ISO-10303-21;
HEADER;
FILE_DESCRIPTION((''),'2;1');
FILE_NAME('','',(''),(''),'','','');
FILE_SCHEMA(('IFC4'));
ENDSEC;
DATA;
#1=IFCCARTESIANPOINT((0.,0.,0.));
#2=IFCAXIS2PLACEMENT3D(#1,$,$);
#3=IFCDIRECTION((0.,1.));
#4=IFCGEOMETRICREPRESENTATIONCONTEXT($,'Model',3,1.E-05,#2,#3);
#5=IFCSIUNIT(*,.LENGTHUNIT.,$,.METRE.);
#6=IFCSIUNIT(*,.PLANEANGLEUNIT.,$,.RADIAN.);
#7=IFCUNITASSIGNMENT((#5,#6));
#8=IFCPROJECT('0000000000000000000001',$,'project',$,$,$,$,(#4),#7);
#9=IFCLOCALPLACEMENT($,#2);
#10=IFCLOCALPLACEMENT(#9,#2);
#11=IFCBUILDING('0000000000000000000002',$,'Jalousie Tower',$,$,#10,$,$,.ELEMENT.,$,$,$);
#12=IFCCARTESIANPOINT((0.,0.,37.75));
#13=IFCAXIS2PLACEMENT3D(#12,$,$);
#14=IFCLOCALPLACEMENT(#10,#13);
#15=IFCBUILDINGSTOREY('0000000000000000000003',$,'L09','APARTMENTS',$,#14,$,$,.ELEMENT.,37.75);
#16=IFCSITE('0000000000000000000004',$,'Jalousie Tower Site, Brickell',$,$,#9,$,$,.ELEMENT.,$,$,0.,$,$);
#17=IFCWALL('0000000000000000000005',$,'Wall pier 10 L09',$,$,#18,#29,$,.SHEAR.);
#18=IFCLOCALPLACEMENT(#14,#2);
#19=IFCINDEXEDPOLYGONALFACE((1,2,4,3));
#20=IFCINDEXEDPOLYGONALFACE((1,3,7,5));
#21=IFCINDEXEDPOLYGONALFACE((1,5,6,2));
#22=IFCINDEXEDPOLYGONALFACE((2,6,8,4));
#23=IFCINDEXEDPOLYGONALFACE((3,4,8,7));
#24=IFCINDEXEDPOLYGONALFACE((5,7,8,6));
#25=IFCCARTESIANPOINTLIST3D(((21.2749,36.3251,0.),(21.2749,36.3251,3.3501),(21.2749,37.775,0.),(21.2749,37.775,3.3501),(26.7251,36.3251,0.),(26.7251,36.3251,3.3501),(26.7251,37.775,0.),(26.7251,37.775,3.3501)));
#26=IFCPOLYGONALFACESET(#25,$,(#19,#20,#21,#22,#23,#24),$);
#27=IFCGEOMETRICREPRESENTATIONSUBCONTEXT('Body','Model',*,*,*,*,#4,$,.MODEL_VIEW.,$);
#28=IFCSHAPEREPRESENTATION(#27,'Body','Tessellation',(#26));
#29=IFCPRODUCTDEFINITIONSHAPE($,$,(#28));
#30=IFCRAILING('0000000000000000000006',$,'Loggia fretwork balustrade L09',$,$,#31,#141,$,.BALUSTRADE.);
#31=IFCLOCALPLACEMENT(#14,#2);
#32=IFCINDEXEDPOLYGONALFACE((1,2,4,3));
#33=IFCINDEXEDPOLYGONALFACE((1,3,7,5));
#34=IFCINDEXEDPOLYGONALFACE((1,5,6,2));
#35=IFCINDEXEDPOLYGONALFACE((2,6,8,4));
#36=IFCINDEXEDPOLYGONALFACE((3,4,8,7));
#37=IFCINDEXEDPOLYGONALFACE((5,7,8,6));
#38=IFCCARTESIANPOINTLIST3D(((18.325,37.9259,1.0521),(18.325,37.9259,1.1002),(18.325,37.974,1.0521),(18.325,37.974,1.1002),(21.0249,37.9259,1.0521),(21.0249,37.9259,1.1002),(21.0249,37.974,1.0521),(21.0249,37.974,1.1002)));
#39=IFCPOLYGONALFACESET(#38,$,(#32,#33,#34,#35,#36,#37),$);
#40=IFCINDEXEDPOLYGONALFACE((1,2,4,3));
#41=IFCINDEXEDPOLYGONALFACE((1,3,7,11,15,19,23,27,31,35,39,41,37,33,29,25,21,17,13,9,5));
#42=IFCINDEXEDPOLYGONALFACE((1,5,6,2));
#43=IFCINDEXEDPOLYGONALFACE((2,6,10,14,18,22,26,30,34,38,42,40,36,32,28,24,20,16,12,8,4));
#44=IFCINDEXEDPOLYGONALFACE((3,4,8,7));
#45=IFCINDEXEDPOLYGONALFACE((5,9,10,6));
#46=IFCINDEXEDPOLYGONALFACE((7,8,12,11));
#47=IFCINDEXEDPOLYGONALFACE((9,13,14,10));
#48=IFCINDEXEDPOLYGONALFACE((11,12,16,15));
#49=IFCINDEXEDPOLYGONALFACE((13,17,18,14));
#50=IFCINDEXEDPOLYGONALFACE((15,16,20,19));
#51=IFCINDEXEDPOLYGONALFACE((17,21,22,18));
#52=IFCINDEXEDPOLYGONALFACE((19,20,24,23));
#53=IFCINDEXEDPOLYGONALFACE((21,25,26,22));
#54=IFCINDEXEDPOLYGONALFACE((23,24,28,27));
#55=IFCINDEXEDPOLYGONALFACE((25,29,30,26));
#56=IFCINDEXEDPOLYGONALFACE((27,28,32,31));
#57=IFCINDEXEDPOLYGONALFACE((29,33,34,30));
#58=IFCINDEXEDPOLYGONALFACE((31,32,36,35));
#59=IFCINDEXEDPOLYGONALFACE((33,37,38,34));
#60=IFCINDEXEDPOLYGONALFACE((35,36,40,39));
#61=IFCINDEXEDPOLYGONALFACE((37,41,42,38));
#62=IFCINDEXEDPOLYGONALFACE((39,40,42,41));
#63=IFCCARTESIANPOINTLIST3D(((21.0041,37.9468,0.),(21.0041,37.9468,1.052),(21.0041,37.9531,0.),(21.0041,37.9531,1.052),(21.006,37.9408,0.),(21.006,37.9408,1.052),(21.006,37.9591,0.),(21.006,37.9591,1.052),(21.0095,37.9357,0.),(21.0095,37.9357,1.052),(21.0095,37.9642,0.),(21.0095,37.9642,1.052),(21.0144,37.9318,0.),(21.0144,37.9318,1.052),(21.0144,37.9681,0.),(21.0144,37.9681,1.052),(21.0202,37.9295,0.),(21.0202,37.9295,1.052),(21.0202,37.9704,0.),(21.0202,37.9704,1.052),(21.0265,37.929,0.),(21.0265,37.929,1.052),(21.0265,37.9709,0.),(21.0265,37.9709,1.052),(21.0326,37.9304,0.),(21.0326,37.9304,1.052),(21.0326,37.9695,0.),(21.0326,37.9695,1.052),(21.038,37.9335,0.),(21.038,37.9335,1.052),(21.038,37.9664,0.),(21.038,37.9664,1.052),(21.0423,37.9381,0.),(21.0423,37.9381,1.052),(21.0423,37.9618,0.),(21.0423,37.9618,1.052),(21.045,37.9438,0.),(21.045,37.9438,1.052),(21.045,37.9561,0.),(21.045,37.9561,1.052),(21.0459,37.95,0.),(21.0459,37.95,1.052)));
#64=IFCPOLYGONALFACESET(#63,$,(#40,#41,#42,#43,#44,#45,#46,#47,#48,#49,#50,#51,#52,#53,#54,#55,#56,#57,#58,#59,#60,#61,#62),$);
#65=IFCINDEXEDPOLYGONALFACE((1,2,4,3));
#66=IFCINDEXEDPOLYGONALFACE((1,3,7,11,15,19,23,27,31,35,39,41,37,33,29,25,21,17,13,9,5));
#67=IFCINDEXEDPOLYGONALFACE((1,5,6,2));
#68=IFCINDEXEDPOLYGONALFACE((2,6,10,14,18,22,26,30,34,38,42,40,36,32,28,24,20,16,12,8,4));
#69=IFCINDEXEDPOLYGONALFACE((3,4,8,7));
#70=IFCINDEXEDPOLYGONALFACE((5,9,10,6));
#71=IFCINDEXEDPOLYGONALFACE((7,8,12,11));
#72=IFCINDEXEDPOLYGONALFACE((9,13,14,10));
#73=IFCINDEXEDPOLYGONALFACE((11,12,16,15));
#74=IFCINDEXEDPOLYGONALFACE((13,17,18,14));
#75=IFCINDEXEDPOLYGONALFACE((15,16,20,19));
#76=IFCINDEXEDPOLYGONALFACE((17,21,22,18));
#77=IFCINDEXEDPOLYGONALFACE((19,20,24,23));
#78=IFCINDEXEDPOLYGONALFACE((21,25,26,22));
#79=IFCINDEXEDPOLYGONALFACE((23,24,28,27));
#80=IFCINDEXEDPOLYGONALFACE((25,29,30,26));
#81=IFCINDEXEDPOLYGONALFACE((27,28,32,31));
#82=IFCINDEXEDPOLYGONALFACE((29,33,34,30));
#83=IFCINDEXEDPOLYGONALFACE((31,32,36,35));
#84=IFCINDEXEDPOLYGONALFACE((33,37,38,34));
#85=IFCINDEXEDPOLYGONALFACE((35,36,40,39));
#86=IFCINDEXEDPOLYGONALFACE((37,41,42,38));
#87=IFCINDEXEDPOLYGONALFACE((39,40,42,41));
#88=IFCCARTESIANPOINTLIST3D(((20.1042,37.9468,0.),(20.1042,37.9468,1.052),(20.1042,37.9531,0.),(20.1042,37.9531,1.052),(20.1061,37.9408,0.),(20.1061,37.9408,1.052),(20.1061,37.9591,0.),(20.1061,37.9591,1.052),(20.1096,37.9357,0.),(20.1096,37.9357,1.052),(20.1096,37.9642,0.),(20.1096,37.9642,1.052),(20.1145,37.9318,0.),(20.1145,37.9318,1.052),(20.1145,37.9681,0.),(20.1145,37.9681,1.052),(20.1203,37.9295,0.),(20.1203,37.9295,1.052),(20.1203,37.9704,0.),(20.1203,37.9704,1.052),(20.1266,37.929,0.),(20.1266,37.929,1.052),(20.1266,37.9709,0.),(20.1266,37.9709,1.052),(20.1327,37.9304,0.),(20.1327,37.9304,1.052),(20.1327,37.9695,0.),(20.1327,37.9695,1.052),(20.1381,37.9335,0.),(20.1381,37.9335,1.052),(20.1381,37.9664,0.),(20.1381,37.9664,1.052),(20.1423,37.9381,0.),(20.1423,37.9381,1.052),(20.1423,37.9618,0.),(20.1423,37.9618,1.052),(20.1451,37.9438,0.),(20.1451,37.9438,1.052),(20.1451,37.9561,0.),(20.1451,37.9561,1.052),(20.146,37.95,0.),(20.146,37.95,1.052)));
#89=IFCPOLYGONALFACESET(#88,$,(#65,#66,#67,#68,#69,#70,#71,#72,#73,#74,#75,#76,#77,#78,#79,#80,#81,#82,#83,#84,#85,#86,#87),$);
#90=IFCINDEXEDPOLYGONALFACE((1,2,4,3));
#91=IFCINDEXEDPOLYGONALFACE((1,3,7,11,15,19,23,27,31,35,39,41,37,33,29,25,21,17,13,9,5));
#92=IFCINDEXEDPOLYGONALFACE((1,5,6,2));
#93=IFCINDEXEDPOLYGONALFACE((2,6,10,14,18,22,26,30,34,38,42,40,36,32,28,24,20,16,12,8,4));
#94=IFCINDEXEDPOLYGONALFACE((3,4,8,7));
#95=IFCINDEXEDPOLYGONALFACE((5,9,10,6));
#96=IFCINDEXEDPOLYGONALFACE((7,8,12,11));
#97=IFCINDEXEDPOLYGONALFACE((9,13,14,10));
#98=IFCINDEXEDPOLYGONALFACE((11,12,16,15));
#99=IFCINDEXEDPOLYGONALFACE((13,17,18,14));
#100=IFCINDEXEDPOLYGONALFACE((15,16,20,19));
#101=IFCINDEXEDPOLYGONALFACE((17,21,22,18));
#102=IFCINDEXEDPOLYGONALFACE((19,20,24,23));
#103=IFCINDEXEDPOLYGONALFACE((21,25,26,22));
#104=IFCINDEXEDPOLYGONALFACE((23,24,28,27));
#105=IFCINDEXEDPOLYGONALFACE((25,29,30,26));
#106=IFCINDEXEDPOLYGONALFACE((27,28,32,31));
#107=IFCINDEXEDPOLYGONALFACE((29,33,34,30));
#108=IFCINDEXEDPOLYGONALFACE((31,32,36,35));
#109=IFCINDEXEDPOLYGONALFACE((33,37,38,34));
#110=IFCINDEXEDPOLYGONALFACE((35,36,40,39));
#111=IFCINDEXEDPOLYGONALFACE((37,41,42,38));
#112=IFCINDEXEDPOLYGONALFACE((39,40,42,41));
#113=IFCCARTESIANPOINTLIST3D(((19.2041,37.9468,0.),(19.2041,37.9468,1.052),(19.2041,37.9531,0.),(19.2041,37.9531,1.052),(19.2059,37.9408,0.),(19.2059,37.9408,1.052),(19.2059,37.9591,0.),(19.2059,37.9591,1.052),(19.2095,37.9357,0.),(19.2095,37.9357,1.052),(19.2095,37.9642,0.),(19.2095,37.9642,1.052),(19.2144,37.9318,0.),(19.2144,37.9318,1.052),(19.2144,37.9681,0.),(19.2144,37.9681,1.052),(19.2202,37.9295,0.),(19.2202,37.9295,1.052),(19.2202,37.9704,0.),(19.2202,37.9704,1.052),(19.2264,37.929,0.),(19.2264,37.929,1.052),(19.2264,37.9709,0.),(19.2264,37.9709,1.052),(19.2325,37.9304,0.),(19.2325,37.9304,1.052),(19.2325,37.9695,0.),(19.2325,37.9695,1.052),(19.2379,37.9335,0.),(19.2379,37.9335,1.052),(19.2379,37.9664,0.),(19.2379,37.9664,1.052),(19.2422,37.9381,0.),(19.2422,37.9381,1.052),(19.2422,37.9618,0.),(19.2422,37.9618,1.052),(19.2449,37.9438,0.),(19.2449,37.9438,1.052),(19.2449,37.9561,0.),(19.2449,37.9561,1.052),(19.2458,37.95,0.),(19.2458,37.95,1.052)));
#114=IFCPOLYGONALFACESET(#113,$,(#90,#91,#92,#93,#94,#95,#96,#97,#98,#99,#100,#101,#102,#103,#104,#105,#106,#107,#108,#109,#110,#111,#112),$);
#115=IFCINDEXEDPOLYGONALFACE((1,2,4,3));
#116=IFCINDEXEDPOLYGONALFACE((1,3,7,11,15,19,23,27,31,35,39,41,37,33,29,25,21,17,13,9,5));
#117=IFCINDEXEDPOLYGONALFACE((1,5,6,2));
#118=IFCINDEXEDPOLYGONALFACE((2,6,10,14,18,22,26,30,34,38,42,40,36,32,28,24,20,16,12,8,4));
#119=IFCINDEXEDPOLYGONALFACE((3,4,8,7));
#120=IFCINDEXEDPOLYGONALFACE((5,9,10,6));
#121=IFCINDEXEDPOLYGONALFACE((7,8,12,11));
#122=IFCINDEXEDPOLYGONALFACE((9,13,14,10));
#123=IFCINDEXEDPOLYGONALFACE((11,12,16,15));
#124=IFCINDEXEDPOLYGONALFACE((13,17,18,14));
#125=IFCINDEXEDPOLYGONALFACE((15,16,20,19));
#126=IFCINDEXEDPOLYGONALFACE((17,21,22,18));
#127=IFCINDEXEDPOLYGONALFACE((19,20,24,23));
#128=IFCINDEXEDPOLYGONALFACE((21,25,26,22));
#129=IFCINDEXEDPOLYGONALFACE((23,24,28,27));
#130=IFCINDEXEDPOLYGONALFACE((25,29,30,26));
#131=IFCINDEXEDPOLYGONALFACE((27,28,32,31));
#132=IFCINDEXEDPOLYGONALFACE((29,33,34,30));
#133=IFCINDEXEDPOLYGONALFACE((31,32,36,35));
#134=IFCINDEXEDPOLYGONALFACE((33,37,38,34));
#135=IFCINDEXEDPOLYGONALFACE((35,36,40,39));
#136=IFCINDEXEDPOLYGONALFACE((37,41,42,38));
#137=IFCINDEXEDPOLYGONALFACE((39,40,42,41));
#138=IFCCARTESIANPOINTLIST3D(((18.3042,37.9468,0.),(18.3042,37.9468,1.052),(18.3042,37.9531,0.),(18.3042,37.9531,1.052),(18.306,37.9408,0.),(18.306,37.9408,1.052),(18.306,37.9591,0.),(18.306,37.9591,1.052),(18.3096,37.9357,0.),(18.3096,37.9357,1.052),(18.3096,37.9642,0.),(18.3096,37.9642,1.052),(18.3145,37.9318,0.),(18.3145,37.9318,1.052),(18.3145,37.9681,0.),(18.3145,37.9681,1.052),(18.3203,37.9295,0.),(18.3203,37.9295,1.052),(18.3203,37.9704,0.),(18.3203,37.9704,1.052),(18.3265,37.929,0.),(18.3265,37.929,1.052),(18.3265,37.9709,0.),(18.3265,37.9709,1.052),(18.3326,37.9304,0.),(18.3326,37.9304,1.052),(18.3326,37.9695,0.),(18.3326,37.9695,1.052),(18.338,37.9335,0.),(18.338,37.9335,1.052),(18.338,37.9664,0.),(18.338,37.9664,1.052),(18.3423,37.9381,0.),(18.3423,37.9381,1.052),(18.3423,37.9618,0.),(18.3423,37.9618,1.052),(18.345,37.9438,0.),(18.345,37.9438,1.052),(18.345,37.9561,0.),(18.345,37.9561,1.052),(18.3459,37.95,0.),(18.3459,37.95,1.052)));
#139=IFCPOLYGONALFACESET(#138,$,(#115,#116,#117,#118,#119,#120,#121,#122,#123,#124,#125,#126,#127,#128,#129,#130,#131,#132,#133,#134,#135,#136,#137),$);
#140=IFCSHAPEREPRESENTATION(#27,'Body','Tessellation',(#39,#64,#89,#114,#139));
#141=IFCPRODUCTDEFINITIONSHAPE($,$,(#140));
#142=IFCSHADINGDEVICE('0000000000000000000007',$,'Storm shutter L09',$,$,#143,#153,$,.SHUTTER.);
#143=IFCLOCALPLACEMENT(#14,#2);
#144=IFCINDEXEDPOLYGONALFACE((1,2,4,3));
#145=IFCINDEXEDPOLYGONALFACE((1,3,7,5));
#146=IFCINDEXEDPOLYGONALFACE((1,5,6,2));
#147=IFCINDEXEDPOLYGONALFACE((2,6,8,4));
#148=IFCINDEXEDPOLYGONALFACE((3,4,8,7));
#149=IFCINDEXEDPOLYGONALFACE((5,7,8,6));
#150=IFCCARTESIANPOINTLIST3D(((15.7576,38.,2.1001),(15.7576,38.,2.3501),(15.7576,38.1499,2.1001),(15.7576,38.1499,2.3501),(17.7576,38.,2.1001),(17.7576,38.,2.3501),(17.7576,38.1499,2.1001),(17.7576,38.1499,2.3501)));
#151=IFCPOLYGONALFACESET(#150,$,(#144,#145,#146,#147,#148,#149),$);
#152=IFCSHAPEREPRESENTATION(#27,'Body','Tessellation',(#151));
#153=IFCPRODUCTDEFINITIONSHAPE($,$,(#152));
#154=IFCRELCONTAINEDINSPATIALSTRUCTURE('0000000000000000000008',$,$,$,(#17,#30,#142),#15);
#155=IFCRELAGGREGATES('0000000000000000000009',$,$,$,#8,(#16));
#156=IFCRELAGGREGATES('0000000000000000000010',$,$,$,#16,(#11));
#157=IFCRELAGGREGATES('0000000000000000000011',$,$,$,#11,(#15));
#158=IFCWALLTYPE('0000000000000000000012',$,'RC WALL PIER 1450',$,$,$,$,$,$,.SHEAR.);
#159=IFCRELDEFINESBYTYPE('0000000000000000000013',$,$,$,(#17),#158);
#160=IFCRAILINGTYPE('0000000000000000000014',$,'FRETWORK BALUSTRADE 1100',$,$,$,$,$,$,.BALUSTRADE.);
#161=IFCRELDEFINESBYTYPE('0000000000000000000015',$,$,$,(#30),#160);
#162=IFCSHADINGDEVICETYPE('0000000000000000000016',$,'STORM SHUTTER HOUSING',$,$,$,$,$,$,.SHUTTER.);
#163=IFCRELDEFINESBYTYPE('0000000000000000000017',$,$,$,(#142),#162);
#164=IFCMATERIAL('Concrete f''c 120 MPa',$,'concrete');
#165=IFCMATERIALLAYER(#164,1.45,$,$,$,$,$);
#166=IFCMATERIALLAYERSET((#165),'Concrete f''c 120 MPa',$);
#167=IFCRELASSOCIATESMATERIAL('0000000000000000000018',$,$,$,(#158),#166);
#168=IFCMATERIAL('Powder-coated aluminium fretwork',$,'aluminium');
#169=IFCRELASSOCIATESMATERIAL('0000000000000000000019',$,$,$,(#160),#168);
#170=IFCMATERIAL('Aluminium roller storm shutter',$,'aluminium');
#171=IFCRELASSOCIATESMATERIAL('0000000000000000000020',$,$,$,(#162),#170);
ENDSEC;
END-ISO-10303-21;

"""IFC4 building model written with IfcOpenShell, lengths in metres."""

from ifc_helpers import new_model, si_unit, direction, frame, frame_2d, origin, origin_2d, place, context, subcontext, project, spatial, rectangle, circle, extrude, material, layer, layer_set, type_object, element, save


model = new_model("IFC4")

# Units and contexts
model_context = context("Model", 3, precision=1e-05, world=origin(), true_north=direction((0.0, 1.0)))
body_context = subcontext(model_context, "Body", "Model", "MODEL_VIEW")
ifc_project = project(units=[si_unit("LENGTHUNIT", "METRE"), si_unit("PLANEANGLEUNIT", "RADIAN")], contexts=[model_context])

# Site, building, storey
site_placement = place(None, origin())
site = spatial("IfcSite", under=ifc_project, at=site_placement, Name="Jalousie Tower Site, Brickell", CompositionType="ELEMENT", RefElevation=0.0)
building_placement = place(site_placement, origin())
building = spatial("IfcBuilding", under=site, at=building_placement, Name="Jalousie Tower", CompositionType="ELEMENT")
storey_placement = place(building_placement, frame((0.0, 0.0, 37.75)))
storey = spatial("IfcBuildingStorey", under=building, at=storey_placement, Name="L09", Description="APARTMENTS", CompositionType="ELEMENT", Elevation=37.75)

# Wall
ifc_material_1 = material(Name="Concrete f'c 120 MPa", Category="concrete")
ifc_layer_1 = layer(ifc_material_1, 1.45)
ifc_layer_set_1 = layer_set([ifc_layer_1], Name="Concrete f'c 120 MPa")
wall_type_1 = type_object("IfcWallType", Name="RC WALL PIER 1450", PredefinedType="SHEAR", material=ifc_layer_set_1)
wall_1_placement = place(storey_placement, frame((21.2749, 37.05, 0.0), z_axis=(0.0, 0.0, 1.0), x_axis=(1.0, 0.0, 0.0)))
element("IfcWall", 1, at=wall_1_placement, inside=storey, type_object=wall_type_1, Name="Wall pier 10 L09", PredefinedType="SHEAR", context=body_context, shape_type="SweptSolid", body=[
    extrude(rectangle(XDim=5.4502, YDim=1.45, at=frame_2d((2.7251, 0.0))), origin(), (0.0, 0.0, 1.0), 3.3501),
])

# Railing
ifc_material_2 = material(Name="Powder-coated aluminium fretwork", Category="aluminium")
railing_type = type_object("IfcRailingType", Name="FRETWORK BALUSTRADE 1100", PredefinedType="BALUSTRADE", material=ifc_material_2)
railing_placement = place(storey_placement, frame((21.0249, 37.95, 0.0)))
element("IfcRailing", 2, at=railing_placement, inside=storey, type_object=railing_type, Name="Loggia fretwork balustrade L09", PredefinedType="BALUSTRADE", context=body_context, shape_type="SweptSolid", body=[
    extrude(rectangle(XDim=0.0481, YDim=0.0481, at=origin_2d()), frame((0.0, 0.0, 1.0762), z_axis=(-1.0, 0.0, 0.0), x_axis=(0.0, -1.0, 0.0)), (0.0, 0.0, 1.0), 2.7),
    extrude(circle(Radius=0.021, at=origin_2d()), origin(), (0.0, 0.0, 1.0), 1.052),
    extrude(circle(Radius=0.021, at=origin_2d()), frame((-0.8999, 0.0, 0.0)), (0.0, 0.0, 1.0), 1.052),
    extrude(circle(Radius=0.021, at=origin_2d()), frame((-1.8, 0.0, 0.0)), (0.0, 0.0, 1.0), 1.052),
    extrude(circle(Radius=0.021, at=origin_2d()), frame((-2.7, 0.0, 0.0)), (0.0, 0.0, 1.0), 1.052),
])

# Shading device
ifc_material_3 = material(Name="Aluminium roller storm shutter", Category="aluminium")
shading_device_type = type_object("IfcShadingDeviceType", Name="STORM SHUTTER HOUSING", PredefinedType="SHUTTER", material=ifc_material_3)
shading_device_placement = place(storey_placement, frame((16.7576, 38.075, 2.1001), z_axis=(0.0, 0.0, 1.0), x_axis=(-1.0, 0.0, 0.0)))
element("IfcShadingDevice", 3, at=shading_device_placement, inside=storey, type_object=shading_device_type, Name="Storm shutter L09", PredefinedType="SHUTTER", context=body_context, shape_type="SweptSolid", body=[
    extrude(rectangle(XDim=2.0, YDim=0.1499, at=origin_2d()), origin(), (0.0, 0.0, 1.0), 0.25),
])

save(model, "model.ifc")
